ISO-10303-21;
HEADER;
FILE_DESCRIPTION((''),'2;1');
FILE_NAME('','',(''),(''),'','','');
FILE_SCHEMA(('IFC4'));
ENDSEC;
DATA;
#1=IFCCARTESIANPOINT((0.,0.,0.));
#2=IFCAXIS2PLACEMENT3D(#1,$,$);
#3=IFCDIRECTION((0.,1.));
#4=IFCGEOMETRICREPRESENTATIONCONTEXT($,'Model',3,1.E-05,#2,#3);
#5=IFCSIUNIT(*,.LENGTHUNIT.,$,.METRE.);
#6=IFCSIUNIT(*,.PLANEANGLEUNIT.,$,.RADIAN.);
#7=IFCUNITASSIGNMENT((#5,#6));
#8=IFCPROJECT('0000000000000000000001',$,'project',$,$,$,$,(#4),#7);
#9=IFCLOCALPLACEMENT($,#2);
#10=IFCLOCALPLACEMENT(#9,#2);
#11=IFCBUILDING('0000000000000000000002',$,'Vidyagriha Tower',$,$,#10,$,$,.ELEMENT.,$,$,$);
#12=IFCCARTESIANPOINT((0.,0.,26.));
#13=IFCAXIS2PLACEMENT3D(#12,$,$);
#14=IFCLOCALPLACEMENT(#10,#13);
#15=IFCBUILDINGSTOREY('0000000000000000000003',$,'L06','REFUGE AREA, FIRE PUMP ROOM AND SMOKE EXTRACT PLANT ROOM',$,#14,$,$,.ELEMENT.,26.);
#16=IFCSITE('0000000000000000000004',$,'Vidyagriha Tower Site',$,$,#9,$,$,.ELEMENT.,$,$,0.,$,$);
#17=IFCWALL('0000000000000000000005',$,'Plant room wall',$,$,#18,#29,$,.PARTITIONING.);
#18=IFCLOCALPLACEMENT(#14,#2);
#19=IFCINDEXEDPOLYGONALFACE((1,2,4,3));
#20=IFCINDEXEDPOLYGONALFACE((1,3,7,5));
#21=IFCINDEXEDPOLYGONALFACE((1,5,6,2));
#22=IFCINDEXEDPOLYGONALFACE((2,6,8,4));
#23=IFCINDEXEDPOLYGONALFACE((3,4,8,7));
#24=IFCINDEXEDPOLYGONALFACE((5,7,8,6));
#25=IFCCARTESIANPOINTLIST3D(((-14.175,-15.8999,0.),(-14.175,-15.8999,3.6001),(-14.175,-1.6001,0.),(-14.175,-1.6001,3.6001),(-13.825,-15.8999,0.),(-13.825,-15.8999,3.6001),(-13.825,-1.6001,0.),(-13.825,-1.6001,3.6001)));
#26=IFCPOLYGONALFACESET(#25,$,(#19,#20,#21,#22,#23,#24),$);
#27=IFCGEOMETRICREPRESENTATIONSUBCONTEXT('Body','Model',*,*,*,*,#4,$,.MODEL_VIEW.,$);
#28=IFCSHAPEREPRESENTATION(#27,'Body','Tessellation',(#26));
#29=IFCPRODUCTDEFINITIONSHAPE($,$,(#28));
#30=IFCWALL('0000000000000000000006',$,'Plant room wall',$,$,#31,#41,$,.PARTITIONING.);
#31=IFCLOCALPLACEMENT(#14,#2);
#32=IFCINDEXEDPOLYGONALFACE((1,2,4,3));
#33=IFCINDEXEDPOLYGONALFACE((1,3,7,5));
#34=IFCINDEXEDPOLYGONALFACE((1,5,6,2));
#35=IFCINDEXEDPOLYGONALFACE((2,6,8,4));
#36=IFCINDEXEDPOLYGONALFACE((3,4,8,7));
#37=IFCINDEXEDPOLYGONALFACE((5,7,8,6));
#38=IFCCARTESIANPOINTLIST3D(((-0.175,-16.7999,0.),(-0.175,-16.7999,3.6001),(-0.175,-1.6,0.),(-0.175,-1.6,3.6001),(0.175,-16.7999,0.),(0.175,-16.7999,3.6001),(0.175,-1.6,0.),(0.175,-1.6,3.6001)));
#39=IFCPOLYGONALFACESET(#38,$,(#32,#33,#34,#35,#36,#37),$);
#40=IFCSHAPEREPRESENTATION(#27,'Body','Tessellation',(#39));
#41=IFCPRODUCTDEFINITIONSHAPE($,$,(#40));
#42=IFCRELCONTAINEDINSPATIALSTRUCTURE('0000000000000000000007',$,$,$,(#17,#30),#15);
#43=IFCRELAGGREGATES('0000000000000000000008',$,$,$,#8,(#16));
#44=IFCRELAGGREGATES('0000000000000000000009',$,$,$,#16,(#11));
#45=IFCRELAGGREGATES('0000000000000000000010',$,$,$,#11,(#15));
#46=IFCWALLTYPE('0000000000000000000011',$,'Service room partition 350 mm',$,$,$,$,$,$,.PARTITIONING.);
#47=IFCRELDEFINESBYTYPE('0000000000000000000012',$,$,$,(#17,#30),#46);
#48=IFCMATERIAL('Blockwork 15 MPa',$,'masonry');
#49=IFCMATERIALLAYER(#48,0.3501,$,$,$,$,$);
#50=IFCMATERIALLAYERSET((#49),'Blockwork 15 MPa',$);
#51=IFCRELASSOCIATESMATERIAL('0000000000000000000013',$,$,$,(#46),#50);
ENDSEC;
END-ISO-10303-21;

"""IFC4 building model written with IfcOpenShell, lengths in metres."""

from ifc_helpers import new_model, si_unit, direction, frame, frame_2d, origin, place, context, subcontext, project, spatial, rectangle, extrude, material, layer, layer_set, type_object, element, save


model = new_model("IFC4")

# Units and contexts
model_context = context("Model", 3, precision=1e-05, world=origin(), true_north=direction((0.0, 1.0)))
body_context = subcontext(model_context, "Body", "Model", "MODEL_VIEW")
ifc_project = project(units=[si_unit("LENGTHUNIT", "METRE"), si_unit("PLANEANGLEUNIT", "RADIAN")], contexts=[model_context])

# Site, building, storey
site_placement = place(None, origin())
site = spatial("IfcSite", under=ifc_project, at=site_placement, Name="Vidyagriha Tower Site", CompositionType="ELEMENT", RefElevation=0.0)
building_placement = place(site_placement, origin())
building = spatial("IfcBuilding", under=site, at=building_placement, Name="Vidyagriha Tower", CompositionType="ELEMENT")
storey_placement = place(building_placement, frame((0.0, 0.0, 26.0)))
storey = spatial("IfcBuildingStorey", under=building, at=storey_placement, Name="L06", Description="REFUGE AREA, FIRE PUMP ROOM AND SMOKE EXTRACT PLANT ROOM", CompositionType="ELEMENT", Elevation=26.0)

# Walls
ifc_material_1 = material(Name="Blockwork 15 MPa", Category="masonry")
ifc_layer_1 = layer(ifc_material_1, 0.3501)
ifc_layer_set_1 = layer_set([ifc_layer_1], Name="Blockwork 15 MPa")
wall_type = type_object("IfcWallType", Name="Service room partition 350 mm", PredefinedType="PARTITIONING", material=ifc_layer_set_1)
wall_1_placement = place(storey_placement, frame((-14.0, -15.8999, 0.0), z_axis=(0.0, 0.0, 1.0), x_axis=(0.0, 1.0, 0.0)))
element("IfcWall", 1, at=wall_1_placement, inside=storey, type_object=wall_type, Name="Plant room wall", PredefinedType="PARTITIONING", context=body_context, shape_type="SweptSolid", body=[
    extrude(rectangle(XDim=14.2998, YDim=0.3501, at=frame_2d((7.1499, 0.0))), origin(), (0.0, 0.0, 1.0), 3.6001),
])
wall_2_placement = place(storey_placement, frame((0.0, -16.8, 0.0), z_axis=(0.0, 0.0, 1.0), x_axis=(0.0, 1.0, 0.0)))
element("IfcWall", 2, at=wall_2_placement, inside=storey, type_object=wall_type, Name="Plant room wall", PredefinedType="PARTITIONING", context=body_context, shape_type="SweptSolid", body=[
    extrude(rectangle(XDim=15.2, YDim=0.3501, at=frame_2d((7.6001, 0.0))), origin(), (0.0, 0.0, 1.0), 3.6001),
])

save(model, "model.ifc")
